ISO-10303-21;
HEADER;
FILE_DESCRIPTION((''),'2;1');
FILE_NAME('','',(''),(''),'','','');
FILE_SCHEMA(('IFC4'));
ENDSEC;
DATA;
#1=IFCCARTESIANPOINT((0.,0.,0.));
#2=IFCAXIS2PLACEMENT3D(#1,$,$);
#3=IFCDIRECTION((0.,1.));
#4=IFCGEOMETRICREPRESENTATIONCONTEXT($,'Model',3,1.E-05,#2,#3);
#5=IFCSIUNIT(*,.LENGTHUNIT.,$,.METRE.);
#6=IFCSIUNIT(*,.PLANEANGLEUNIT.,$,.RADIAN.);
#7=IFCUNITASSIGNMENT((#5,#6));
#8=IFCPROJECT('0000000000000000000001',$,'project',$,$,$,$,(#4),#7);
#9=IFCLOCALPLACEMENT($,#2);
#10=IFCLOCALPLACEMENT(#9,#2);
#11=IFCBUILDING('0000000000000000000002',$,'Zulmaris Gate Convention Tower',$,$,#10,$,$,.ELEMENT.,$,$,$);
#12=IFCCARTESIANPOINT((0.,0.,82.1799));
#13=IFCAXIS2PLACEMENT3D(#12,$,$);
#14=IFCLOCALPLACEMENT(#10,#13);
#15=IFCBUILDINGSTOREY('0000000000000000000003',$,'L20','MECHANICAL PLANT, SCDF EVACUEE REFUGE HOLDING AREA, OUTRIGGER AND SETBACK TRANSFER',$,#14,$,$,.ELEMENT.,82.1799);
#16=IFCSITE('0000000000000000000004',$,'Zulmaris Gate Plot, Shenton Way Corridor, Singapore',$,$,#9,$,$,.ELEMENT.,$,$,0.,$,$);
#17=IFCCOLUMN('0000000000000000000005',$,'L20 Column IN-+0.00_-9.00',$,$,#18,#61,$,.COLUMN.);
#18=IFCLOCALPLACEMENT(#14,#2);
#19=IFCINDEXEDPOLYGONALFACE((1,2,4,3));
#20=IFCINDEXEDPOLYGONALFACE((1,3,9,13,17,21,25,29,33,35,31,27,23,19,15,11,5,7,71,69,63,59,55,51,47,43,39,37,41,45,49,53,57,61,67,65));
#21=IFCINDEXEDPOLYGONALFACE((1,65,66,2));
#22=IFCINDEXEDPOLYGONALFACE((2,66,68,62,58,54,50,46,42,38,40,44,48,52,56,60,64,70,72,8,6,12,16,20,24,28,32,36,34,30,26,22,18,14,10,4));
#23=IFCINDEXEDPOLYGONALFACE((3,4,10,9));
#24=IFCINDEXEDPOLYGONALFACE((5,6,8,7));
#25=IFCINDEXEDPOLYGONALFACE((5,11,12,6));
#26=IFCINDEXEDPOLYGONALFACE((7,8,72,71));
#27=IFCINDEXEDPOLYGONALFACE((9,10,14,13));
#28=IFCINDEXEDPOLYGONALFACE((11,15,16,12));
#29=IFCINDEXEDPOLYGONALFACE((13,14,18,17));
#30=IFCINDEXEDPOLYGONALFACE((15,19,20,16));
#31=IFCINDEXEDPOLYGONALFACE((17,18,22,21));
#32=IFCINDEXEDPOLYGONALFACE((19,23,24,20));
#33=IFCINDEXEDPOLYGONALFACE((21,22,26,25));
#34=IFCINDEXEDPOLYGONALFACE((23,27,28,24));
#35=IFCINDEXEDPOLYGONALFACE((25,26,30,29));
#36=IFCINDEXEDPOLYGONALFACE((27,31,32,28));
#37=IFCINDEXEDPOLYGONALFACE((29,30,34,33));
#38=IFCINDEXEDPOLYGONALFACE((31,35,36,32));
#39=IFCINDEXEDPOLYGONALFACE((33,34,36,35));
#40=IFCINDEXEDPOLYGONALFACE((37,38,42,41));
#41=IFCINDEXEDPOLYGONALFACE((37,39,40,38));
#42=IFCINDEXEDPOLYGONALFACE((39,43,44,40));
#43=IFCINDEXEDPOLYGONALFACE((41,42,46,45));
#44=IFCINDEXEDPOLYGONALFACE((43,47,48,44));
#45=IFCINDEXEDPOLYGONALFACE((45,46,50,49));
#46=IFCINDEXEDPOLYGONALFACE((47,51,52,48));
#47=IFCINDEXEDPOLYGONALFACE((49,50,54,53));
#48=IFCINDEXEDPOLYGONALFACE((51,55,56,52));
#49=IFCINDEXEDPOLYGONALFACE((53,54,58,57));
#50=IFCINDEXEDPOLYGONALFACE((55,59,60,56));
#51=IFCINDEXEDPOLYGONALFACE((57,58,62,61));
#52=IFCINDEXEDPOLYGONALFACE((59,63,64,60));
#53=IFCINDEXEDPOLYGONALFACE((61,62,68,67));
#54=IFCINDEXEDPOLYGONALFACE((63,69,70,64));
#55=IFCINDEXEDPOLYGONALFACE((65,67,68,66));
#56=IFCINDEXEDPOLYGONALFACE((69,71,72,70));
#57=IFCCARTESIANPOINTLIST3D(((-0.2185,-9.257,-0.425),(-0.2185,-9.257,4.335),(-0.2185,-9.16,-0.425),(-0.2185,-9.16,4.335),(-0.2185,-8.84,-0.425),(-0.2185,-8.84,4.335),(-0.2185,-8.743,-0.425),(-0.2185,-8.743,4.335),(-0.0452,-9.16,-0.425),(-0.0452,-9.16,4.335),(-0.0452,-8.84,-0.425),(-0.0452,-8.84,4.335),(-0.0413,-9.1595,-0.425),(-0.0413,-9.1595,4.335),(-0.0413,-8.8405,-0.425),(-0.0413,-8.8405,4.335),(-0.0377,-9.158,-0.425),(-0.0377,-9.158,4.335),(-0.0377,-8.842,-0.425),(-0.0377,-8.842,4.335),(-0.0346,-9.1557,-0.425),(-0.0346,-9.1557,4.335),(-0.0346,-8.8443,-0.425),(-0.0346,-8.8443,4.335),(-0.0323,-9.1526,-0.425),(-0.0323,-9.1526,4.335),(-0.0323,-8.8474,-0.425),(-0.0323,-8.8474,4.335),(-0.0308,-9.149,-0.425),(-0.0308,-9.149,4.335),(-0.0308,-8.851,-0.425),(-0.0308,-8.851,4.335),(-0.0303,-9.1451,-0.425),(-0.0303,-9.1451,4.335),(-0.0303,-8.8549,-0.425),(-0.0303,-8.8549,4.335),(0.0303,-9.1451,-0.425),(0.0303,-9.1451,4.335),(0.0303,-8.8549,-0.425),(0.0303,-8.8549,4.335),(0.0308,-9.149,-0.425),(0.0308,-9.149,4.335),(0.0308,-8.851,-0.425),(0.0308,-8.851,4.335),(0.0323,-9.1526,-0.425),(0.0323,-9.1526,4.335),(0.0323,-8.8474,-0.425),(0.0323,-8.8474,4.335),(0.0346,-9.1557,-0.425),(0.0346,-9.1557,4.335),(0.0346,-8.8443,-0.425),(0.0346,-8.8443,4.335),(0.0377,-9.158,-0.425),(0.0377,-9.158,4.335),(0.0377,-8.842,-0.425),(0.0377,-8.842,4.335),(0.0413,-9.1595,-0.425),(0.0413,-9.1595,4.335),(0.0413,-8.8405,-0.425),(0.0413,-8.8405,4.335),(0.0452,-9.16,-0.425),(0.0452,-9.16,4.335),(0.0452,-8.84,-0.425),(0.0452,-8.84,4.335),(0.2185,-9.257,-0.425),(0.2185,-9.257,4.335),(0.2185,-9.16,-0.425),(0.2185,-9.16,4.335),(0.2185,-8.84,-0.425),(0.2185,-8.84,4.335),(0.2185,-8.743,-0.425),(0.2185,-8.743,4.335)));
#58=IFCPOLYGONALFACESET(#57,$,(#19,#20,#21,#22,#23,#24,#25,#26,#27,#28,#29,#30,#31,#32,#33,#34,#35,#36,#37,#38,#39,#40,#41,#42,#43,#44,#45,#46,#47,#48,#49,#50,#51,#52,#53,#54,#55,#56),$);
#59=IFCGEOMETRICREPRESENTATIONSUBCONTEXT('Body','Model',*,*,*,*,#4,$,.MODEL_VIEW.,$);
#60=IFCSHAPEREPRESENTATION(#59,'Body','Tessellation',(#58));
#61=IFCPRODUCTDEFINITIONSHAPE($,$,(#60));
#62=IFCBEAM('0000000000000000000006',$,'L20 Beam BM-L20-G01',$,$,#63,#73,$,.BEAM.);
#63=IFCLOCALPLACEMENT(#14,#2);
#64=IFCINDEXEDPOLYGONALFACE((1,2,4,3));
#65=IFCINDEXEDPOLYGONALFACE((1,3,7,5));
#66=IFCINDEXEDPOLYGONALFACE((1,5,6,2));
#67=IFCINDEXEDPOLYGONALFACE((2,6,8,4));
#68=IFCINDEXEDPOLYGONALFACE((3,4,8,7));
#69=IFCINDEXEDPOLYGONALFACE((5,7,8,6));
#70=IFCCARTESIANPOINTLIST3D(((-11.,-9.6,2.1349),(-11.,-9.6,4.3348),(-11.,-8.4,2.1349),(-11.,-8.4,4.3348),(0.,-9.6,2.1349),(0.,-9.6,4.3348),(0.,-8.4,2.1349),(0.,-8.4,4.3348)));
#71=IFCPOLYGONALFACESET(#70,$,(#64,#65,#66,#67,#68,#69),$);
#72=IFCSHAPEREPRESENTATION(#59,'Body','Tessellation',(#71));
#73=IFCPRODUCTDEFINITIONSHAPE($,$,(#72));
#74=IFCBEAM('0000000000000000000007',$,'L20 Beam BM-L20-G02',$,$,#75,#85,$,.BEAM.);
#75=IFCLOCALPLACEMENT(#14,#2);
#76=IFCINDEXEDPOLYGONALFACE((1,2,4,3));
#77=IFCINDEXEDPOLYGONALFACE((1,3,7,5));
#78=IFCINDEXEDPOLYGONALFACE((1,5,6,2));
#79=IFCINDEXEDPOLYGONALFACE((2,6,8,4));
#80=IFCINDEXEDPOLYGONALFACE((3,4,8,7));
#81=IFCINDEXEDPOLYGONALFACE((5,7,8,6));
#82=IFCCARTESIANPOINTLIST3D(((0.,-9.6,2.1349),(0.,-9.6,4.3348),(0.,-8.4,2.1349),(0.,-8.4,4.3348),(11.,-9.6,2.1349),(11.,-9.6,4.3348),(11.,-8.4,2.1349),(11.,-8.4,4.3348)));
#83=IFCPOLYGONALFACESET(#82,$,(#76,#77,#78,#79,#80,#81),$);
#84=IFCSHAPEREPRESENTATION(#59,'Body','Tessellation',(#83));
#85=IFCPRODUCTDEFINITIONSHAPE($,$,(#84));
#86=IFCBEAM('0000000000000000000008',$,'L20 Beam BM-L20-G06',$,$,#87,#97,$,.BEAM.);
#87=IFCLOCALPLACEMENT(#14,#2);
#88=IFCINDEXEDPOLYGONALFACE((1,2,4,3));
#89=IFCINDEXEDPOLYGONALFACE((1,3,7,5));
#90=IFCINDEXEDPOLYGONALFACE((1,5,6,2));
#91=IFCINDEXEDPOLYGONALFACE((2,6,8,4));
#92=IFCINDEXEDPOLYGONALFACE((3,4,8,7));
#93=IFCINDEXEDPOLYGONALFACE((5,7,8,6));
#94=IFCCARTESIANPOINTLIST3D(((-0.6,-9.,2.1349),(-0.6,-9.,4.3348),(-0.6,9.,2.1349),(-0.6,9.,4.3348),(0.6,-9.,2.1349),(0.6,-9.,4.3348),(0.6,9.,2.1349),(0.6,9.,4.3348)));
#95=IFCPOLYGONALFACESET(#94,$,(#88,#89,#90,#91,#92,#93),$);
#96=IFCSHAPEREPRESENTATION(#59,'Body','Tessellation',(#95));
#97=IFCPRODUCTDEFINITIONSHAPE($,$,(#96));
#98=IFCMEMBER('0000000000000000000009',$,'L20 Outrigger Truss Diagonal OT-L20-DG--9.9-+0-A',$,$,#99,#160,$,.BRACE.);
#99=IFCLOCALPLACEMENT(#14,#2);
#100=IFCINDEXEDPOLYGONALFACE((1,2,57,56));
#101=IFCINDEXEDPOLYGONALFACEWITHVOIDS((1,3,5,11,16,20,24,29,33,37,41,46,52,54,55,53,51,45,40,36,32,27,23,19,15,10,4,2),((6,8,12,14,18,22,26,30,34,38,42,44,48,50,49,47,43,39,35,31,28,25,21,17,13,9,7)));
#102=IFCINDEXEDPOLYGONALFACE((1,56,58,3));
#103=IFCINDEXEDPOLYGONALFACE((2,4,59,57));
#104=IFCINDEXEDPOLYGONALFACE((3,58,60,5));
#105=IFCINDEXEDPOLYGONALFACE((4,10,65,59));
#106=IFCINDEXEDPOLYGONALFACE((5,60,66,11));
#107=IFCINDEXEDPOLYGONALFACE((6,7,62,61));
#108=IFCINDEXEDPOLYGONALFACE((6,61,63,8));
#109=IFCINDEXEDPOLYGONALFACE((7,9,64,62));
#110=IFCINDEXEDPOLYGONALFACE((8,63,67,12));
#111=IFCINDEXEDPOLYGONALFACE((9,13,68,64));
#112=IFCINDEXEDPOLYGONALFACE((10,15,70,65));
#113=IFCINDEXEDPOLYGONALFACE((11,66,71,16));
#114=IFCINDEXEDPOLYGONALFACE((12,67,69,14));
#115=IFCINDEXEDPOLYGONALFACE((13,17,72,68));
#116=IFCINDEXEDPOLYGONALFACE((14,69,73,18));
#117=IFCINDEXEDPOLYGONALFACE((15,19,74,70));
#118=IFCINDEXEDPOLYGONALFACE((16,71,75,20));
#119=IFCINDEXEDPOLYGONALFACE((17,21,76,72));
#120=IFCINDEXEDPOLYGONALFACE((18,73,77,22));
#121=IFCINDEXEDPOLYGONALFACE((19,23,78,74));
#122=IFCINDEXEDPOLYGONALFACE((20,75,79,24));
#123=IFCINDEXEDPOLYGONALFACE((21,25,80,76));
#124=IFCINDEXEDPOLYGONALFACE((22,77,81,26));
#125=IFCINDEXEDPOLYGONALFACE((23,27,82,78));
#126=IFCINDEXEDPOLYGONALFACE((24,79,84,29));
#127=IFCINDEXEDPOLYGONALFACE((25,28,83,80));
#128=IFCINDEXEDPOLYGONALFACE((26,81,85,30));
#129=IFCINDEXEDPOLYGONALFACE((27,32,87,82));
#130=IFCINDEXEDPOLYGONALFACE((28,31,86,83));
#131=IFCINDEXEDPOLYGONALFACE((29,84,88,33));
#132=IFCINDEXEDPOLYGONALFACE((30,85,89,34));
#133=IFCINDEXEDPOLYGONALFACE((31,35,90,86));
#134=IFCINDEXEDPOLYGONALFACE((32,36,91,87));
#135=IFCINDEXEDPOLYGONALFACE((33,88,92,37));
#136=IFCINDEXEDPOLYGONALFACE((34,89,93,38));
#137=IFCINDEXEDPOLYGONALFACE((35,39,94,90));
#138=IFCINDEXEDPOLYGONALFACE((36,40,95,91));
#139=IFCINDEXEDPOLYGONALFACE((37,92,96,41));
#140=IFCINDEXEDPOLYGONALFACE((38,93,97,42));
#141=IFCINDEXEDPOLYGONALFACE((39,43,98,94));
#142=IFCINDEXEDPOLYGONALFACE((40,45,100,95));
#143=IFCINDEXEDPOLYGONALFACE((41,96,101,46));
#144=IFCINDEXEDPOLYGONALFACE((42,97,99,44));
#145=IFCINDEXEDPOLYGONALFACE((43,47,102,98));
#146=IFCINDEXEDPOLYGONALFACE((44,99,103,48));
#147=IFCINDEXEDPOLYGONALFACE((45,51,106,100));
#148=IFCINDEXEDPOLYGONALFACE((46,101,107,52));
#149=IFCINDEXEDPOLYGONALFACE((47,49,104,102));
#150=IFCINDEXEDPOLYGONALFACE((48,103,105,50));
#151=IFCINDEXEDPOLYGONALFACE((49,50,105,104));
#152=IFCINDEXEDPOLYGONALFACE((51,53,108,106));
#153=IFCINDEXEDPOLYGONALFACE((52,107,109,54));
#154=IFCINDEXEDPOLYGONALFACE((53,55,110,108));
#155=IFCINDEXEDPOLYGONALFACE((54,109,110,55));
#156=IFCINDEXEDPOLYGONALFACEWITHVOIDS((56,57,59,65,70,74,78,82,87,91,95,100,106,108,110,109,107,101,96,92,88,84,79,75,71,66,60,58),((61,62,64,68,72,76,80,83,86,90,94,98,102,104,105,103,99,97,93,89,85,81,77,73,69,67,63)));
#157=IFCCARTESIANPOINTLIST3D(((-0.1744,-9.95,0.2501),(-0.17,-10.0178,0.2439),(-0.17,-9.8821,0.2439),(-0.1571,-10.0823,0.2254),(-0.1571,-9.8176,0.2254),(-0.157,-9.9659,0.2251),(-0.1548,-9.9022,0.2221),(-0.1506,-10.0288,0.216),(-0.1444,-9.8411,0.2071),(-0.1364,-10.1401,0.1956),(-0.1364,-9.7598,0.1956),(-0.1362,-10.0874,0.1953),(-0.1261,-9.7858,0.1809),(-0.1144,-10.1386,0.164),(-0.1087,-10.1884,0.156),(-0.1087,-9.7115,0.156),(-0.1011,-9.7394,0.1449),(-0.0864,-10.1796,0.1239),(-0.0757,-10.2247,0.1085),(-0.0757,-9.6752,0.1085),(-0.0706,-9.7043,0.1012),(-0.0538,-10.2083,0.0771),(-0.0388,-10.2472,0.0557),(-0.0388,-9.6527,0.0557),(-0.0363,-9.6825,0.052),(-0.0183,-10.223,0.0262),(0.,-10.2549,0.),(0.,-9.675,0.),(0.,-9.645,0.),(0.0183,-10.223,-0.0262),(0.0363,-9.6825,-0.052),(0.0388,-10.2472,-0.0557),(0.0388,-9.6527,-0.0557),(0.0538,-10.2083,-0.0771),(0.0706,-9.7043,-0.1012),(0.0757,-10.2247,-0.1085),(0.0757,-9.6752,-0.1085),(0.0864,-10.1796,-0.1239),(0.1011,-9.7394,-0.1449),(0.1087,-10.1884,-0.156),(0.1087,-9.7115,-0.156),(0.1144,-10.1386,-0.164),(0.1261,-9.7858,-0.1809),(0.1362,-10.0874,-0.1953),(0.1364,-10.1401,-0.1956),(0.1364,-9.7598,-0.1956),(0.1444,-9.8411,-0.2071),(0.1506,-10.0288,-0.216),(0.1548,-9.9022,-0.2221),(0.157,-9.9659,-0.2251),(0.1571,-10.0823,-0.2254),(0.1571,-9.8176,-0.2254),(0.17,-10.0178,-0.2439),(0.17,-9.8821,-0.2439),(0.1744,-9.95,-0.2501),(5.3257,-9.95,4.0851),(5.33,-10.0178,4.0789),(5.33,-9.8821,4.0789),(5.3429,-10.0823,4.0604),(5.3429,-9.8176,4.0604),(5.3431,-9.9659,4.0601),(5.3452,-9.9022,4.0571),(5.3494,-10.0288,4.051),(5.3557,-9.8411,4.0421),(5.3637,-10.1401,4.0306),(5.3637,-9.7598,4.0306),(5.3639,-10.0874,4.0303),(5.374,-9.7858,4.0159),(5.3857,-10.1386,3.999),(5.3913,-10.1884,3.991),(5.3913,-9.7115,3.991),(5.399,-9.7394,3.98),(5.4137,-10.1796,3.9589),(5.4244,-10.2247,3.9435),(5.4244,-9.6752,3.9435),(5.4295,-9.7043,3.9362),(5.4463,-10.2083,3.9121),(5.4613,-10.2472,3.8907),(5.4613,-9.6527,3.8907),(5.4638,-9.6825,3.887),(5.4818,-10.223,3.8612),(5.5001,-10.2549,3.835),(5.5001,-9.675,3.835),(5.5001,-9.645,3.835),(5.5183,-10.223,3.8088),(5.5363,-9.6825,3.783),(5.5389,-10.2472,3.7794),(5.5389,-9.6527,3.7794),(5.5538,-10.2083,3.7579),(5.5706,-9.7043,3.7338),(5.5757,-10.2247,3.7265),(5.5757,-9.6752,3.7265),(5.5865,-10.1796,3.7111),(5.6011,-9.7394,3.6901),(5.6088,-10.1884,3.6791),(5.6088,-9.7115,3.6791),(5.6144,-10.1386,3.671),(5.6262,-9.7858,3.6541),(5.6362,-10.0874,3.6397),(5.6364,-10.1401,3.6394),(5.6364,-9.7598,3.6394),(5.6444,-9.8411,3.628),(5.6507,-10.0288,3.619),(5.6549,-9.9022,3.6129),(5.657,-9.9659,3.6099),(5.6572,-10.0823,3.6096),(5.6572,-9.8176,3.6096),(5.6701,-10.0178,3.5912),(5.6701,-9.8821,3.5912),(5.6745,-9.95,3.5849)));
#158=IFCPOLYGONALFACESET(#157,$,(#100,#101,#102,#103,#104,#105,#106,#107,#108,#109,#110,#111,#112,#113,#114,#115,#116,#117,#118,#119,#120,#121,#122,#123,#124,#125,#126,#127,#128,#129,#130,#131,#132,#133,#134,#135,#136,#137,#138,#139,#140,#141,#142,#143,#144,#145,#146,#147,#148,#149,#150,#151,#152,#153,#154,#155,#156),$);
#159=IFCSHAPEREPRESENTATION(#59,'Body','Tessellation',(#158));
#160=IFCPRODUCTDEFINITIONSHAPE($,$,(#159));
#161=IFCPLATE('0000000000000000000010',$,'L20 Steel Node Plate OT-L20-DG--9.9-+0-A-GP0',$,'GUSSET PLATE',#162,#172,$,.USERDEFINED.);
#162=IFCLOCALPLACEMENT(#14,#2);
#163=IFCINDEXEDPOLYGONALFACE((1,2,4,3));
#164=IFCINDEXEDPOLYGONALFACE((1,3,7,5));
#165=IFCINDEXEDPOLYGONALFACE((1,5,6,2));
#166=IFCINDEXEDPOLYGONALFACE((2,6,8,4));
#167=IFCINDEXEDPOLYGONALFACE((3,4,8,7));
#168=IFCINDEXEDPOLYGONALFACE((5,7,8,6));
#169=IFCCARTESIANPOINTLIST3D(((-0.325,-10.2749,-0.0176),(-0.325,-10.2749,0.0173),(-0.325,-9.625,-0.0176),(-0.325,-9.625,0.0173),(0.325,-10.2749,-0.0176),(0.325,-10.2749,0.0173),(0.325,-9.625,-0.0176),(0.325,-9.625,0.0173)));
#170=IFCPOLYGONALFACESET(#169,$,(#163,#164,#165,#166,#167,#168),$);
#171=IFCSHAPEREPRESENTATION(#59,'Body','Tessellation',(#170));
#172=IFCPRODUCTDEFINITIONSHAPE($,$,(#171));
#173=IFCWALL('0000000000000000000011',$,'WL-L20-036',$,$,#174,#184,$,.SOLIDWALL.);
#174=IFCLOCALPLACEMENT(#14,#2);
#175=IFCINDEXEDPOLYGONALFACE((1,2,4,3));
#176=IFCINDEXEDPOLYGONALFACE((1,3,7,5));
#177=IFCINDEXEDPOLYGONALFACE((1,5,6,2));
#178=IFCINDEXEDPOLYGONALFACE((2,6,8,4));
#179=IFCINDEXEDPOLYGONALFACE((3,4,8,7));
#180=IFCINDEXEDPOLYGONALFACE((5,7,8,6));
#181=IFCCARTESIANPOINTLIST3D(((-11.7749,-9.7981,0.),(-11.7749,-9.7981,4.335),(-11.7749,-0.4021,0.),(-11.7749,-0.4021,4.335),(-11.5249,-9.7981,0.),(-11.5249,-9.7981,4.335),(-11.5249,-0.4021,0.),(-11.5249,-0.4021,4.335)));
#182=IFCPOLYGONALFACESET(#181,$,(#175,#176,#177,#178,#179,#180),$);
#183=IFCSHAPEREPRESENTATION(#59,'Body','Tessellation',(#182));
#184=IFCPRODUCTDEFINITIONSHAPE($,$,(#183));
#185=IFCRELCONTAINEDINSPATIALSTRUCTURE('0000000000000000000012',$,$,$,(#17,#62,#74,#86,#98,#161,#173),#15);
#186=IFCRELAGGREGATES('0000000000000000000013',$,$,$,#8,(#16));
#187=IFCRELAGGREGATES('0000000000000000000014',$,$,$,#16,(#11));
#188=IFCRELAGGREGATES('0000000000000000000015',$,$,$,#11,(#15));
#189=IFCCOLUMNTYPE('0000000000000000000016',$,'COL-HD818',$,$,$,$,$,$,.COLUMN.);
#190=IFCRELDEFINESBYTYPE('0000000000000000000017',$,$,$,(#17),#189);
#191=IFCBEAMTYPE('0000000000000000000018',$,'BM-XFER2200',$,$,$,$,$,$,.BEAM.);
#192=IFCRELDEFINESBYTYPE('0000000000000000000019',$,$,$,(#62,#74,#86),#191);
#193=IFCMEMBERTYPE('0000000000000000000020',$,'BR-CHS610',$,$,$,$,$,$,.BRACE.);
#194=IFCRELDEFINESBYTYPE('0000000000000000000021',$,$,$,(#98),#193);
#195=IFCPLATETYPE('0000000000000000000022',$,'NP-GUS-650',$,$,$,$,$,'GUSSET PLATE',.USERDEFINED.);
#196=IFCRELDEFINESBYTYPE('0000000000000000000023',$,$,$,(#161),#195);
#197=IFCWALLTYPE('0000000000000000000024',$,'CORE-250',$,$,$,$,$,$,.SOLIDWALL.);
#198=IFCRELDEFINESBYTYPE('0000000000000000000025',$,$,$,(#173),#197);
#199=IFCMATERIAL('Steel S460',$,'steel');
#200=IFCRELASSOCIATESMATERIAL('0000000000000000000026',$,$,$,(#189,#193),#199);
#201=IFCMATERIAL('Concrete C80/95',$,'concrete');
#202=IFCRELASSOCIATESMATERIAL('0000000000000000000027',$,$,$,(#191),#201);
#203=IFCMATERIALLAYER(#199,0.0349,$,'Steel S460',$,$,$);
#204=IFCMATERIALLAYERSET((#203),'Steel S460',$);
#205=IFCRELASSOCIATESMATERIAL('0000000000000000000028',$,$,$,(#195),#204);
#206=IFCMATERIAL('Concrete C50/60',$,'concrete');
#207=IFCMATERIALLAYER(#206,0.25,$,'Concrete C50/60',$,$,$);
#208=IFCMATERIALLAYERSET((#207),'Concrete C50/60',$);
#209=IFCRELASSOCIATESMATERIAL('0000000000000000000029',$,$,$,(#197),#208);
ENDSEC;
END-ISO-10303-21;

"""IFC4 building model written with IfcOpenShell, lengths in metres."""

from ifc_helpers import new_model, si_unit, direction, frame, frame_2d, origin, origin_2d, place, context, subcontext, project, spatial, rectangle, hollow_circle, i_section, extrude, material, layer, layer_set, material_profile, profile_set, type_object, element, save


model = new_model("IFC4")

# Units and contexts
model_context = context("Model", 3, precision=1e-05, world=origin(), true_north=direction((0.0, 1.0)))
body_context = subcontext(model_context, "Body", "Model", "MODEL_VIEW")
ifc_project = project(units=[si_unit("LENGTHUNIT", "METRE"), si_unit("PLANEANGLEUNIT", "RADIAN")], contexts=[model_context])

# Site, building, storey
site_placement = place(None, origin())
site = spatial("IfcSite", under=ifc_project, at=site_placement, Name="Zulmaris Gate Plot, Shenton Way Corridor, Singapore", CompositionType="ELEMENT", RefElevation=0.0)
building_placement = place(site_placement, origin())
building = spatial("IfcBuilding", under=site, at=building_placement, Name="Zulmaris Gate Convention Tower", CompositionType="ELEMENT")
storey_placement = place(building_placement, frame((0.0, 0.0, 82.1799)))
storey = spatial("IfcBuildingStorey", under=building, at=storey_placement, Name="L20", Description="MECHANICAL PLANT, SCDF EVACUEE REFUGE HOLDING AREA, OUTRIGGER AND SETBACK TRANSFER", CompositionType="ELEMENT", Elevation=82.1799)

# Column
ifc_material_1 = material(Name="Steel S460", Category="steel")
ifc_material_profile_1 = material_profile(ifc_material_1, i_section(OverallWidth=0.437, OverallDepth=0.5139, WebThickness=0.0605, FlangeThickness=0.0969, FilletRadius=0.0149, at=origin_2d()), Name="HD 400x818")
ifc_profile_set_1 = profile_set([ifc_material_profile_1], Name="Steel S460")
column_type = type_object("IfcColumnType", Name="COL-HD818", PredefinedType="COLUMN", material=ifc_profile_set_1)
column_placement = place(storey_placement, frame((0.0, -9.0, -0.425), z_axis=(0.0, 0.0, 1.0), x_axis=(1.0, 0.0, 0.0)))
element("IfcColumn", 1, at=column_placement, inside=storey, type_object=column_type, Name="L20 Column IN-+0.00_-9.00", PredefinedType="COLUMN", context=body_context, shape_type="SweptSolid", body=[
    extrude(i_section(OverallWidth=0.437, OverallDepth=0.5139, WebThickness=0.0605, FlangeThickness=0.0969, FilletRadius=0.0149, at=origin_2d()), origin(), (0.0, 0.0, 1.0), 4.76),
])

# Beams
ifc_material_2 = material(Name="Concrete C80/95", Category="concrete")
ifc_material_profile_2 = material_profile(ifc_material_2, rectangle(XDim=1.2, YDim=2.2, at=origin_2d()), Name="RC TRANSFER 1200x2200")
ifc_profile_set_2 = profile_set([ifc_material_profile_2], Name="Concrete C80/95")
beam_type = type_object("IfcBeamType", Name="BM-XFER2200", PredefinedType="BEAM", material=ifc_profile_set_2)
for number, where, z_axis, x_axis, name in (
    (2, (-11.0, -9.0, 3.2349), (1.0, 0.0, 0.0), (0.0, 1.0, 0.0), "L20 Beam BM-L20-G01"),
    (3, (0.0, -9.0, 3.2349), (1.0, 0.0, 0.0), (0.0, 1.0, 0.0), "L20 Beam BM-L20-G02"),
):
    element("IfcBeam", number, at=place(storey_placement, frame(where, z_axis=z_axis, x_axis=x_axis)), inside=storey, type_object=beam_type, Name=name, PredefinedType="BEAM", context=body_context, shape_type="SweptSolid", body=[
        extrude(rectangle(XDim=1.2, YDim=2.2, at=origin_2d()), origin(), (0.0, 0.0, 1.0), 11.0),
    ])
beam_placement = place(storey_placement, frame((0.0, -9.0, 3.2349), z_axis=(0.0, 1.0, 0.0), x_axis=(-1.0, 0.0, 0.0)))
element("IfcBeam", 4, at=beam_placement, inside=storey, type_object=beam_type, Name="L20 Beam BM-L20-G06", PredefinedType="BEAM", context=body_context, shape_type="SweptSolid", body=[
    extrude(rectangle(XDim=1.2, YDim=2.2, at=origin_2d()), origin(), (0.0, 0.0, 1.0), 18.0),
])

# Member
ifc_material_profile_3 = material_profile(ifc_material_1, hollow_circle(Radius=0.3049, WallThickness=0.03, at=origin_2d()), Name="CHS 610x30")
ifc_profile_set_3 = profile_set([ifc_material_profile_3], Name="Steel S460")
member_type = type_object("IfcMemberType", Name="BR-CHS610", PredefinedType="BRACE", material=ifc_profile_set_3)
member_placement = place(storey_placement, frame((0.0, -9.95, 0.0), z_axis=(0.820284, 0.0, 0.571956), x_axis=(0.0, 1.0, 0.0)))
element("IfcMember", 5, at=member_placement, inside=storey, type_object=member_type, Name="L20 Outrigger Truss Diagonal OT-L20-DG--9.9-+0-A", PredefinedType="BRACE", context=body_context, shape_type="SweptSolid", body=[
    extrude(hollow_circle(Radius=0.3049, WallThickness=0.03, at=origin_2d()), origin(), (0.0, 0.0, 1.0), 6.7051),
])

# Plate
ifc_layer_1 = layer(ifc_material_1, 0.0349, Name="Steel S460")
ifc_layer_set_1 = layer_set([ifc_layer_1], Name="Steel S460")
plate_type = type_object("IfcPlateType", Name="NP-GUS-650", ElementType="GUSSET PLATE", PredefinedType="USERDEFINED", material=ifc_layer_set_1)
plate_placement = place(storey_placement, frame((0.0, -9.95, -0.0176), z_axis=(0.0, 0.0, 1.0), x_axis=(1.0, 0.0, 0.0)))
element("IfcPlate", 6, at=plate_placement, inside=storey, type_object=plate_type, Name="L20 Steel Node Plate OT-L20-DG--9.9-+0-A-GP0", ObjectType="GUSSET PLATE", PredefinedType="USERDEFINED", context=body_context, shape_type="SweptSolid", body=[
    extrude(rectangle(XDim=0.6499, YDim=0.6499, at=origin_2d()), origin(), (0.0, 0.0, 1.0), 0.0349),
])

# Wall
ifc_material_3 = material(Name="Concrete C50/60", Category="concrete")
ifc_layer_2 = layer(ifc_material_3, 0.25, Name="Concrete C50/60")
ifc_layer_set_2 = layer_set([ifc_layer_2], Name="Concrete C50/60")
wall_type_1 = type_object("IfcWallType", Name="CORE-250", PredefinedType="SOLIDWALL", material=ifc_layer_set_2)
wall_1_placement = place(storey_placement, frame((-11.6499, -9.7981, 0.0), z_axis=(0.0, 0.0, 1.0), x_axis=(0.0, 1.0, 0.0)))
element("IfcWall", 7, at=wall_1_placement, inside=storey, type_object=wall_type_1, Name="WL-L20-036", PredefinedType="SOLIDWALL", context=body_context, shape_type="SweptSolid", body=[
    extrude(rectangle(XDim=9.396, YDim=0.25, at=frame_2d((4.698, 0.0))), origin(), (0.0, 0.0, 1.0), 4.335),
])

save(model, "model.ifc")
